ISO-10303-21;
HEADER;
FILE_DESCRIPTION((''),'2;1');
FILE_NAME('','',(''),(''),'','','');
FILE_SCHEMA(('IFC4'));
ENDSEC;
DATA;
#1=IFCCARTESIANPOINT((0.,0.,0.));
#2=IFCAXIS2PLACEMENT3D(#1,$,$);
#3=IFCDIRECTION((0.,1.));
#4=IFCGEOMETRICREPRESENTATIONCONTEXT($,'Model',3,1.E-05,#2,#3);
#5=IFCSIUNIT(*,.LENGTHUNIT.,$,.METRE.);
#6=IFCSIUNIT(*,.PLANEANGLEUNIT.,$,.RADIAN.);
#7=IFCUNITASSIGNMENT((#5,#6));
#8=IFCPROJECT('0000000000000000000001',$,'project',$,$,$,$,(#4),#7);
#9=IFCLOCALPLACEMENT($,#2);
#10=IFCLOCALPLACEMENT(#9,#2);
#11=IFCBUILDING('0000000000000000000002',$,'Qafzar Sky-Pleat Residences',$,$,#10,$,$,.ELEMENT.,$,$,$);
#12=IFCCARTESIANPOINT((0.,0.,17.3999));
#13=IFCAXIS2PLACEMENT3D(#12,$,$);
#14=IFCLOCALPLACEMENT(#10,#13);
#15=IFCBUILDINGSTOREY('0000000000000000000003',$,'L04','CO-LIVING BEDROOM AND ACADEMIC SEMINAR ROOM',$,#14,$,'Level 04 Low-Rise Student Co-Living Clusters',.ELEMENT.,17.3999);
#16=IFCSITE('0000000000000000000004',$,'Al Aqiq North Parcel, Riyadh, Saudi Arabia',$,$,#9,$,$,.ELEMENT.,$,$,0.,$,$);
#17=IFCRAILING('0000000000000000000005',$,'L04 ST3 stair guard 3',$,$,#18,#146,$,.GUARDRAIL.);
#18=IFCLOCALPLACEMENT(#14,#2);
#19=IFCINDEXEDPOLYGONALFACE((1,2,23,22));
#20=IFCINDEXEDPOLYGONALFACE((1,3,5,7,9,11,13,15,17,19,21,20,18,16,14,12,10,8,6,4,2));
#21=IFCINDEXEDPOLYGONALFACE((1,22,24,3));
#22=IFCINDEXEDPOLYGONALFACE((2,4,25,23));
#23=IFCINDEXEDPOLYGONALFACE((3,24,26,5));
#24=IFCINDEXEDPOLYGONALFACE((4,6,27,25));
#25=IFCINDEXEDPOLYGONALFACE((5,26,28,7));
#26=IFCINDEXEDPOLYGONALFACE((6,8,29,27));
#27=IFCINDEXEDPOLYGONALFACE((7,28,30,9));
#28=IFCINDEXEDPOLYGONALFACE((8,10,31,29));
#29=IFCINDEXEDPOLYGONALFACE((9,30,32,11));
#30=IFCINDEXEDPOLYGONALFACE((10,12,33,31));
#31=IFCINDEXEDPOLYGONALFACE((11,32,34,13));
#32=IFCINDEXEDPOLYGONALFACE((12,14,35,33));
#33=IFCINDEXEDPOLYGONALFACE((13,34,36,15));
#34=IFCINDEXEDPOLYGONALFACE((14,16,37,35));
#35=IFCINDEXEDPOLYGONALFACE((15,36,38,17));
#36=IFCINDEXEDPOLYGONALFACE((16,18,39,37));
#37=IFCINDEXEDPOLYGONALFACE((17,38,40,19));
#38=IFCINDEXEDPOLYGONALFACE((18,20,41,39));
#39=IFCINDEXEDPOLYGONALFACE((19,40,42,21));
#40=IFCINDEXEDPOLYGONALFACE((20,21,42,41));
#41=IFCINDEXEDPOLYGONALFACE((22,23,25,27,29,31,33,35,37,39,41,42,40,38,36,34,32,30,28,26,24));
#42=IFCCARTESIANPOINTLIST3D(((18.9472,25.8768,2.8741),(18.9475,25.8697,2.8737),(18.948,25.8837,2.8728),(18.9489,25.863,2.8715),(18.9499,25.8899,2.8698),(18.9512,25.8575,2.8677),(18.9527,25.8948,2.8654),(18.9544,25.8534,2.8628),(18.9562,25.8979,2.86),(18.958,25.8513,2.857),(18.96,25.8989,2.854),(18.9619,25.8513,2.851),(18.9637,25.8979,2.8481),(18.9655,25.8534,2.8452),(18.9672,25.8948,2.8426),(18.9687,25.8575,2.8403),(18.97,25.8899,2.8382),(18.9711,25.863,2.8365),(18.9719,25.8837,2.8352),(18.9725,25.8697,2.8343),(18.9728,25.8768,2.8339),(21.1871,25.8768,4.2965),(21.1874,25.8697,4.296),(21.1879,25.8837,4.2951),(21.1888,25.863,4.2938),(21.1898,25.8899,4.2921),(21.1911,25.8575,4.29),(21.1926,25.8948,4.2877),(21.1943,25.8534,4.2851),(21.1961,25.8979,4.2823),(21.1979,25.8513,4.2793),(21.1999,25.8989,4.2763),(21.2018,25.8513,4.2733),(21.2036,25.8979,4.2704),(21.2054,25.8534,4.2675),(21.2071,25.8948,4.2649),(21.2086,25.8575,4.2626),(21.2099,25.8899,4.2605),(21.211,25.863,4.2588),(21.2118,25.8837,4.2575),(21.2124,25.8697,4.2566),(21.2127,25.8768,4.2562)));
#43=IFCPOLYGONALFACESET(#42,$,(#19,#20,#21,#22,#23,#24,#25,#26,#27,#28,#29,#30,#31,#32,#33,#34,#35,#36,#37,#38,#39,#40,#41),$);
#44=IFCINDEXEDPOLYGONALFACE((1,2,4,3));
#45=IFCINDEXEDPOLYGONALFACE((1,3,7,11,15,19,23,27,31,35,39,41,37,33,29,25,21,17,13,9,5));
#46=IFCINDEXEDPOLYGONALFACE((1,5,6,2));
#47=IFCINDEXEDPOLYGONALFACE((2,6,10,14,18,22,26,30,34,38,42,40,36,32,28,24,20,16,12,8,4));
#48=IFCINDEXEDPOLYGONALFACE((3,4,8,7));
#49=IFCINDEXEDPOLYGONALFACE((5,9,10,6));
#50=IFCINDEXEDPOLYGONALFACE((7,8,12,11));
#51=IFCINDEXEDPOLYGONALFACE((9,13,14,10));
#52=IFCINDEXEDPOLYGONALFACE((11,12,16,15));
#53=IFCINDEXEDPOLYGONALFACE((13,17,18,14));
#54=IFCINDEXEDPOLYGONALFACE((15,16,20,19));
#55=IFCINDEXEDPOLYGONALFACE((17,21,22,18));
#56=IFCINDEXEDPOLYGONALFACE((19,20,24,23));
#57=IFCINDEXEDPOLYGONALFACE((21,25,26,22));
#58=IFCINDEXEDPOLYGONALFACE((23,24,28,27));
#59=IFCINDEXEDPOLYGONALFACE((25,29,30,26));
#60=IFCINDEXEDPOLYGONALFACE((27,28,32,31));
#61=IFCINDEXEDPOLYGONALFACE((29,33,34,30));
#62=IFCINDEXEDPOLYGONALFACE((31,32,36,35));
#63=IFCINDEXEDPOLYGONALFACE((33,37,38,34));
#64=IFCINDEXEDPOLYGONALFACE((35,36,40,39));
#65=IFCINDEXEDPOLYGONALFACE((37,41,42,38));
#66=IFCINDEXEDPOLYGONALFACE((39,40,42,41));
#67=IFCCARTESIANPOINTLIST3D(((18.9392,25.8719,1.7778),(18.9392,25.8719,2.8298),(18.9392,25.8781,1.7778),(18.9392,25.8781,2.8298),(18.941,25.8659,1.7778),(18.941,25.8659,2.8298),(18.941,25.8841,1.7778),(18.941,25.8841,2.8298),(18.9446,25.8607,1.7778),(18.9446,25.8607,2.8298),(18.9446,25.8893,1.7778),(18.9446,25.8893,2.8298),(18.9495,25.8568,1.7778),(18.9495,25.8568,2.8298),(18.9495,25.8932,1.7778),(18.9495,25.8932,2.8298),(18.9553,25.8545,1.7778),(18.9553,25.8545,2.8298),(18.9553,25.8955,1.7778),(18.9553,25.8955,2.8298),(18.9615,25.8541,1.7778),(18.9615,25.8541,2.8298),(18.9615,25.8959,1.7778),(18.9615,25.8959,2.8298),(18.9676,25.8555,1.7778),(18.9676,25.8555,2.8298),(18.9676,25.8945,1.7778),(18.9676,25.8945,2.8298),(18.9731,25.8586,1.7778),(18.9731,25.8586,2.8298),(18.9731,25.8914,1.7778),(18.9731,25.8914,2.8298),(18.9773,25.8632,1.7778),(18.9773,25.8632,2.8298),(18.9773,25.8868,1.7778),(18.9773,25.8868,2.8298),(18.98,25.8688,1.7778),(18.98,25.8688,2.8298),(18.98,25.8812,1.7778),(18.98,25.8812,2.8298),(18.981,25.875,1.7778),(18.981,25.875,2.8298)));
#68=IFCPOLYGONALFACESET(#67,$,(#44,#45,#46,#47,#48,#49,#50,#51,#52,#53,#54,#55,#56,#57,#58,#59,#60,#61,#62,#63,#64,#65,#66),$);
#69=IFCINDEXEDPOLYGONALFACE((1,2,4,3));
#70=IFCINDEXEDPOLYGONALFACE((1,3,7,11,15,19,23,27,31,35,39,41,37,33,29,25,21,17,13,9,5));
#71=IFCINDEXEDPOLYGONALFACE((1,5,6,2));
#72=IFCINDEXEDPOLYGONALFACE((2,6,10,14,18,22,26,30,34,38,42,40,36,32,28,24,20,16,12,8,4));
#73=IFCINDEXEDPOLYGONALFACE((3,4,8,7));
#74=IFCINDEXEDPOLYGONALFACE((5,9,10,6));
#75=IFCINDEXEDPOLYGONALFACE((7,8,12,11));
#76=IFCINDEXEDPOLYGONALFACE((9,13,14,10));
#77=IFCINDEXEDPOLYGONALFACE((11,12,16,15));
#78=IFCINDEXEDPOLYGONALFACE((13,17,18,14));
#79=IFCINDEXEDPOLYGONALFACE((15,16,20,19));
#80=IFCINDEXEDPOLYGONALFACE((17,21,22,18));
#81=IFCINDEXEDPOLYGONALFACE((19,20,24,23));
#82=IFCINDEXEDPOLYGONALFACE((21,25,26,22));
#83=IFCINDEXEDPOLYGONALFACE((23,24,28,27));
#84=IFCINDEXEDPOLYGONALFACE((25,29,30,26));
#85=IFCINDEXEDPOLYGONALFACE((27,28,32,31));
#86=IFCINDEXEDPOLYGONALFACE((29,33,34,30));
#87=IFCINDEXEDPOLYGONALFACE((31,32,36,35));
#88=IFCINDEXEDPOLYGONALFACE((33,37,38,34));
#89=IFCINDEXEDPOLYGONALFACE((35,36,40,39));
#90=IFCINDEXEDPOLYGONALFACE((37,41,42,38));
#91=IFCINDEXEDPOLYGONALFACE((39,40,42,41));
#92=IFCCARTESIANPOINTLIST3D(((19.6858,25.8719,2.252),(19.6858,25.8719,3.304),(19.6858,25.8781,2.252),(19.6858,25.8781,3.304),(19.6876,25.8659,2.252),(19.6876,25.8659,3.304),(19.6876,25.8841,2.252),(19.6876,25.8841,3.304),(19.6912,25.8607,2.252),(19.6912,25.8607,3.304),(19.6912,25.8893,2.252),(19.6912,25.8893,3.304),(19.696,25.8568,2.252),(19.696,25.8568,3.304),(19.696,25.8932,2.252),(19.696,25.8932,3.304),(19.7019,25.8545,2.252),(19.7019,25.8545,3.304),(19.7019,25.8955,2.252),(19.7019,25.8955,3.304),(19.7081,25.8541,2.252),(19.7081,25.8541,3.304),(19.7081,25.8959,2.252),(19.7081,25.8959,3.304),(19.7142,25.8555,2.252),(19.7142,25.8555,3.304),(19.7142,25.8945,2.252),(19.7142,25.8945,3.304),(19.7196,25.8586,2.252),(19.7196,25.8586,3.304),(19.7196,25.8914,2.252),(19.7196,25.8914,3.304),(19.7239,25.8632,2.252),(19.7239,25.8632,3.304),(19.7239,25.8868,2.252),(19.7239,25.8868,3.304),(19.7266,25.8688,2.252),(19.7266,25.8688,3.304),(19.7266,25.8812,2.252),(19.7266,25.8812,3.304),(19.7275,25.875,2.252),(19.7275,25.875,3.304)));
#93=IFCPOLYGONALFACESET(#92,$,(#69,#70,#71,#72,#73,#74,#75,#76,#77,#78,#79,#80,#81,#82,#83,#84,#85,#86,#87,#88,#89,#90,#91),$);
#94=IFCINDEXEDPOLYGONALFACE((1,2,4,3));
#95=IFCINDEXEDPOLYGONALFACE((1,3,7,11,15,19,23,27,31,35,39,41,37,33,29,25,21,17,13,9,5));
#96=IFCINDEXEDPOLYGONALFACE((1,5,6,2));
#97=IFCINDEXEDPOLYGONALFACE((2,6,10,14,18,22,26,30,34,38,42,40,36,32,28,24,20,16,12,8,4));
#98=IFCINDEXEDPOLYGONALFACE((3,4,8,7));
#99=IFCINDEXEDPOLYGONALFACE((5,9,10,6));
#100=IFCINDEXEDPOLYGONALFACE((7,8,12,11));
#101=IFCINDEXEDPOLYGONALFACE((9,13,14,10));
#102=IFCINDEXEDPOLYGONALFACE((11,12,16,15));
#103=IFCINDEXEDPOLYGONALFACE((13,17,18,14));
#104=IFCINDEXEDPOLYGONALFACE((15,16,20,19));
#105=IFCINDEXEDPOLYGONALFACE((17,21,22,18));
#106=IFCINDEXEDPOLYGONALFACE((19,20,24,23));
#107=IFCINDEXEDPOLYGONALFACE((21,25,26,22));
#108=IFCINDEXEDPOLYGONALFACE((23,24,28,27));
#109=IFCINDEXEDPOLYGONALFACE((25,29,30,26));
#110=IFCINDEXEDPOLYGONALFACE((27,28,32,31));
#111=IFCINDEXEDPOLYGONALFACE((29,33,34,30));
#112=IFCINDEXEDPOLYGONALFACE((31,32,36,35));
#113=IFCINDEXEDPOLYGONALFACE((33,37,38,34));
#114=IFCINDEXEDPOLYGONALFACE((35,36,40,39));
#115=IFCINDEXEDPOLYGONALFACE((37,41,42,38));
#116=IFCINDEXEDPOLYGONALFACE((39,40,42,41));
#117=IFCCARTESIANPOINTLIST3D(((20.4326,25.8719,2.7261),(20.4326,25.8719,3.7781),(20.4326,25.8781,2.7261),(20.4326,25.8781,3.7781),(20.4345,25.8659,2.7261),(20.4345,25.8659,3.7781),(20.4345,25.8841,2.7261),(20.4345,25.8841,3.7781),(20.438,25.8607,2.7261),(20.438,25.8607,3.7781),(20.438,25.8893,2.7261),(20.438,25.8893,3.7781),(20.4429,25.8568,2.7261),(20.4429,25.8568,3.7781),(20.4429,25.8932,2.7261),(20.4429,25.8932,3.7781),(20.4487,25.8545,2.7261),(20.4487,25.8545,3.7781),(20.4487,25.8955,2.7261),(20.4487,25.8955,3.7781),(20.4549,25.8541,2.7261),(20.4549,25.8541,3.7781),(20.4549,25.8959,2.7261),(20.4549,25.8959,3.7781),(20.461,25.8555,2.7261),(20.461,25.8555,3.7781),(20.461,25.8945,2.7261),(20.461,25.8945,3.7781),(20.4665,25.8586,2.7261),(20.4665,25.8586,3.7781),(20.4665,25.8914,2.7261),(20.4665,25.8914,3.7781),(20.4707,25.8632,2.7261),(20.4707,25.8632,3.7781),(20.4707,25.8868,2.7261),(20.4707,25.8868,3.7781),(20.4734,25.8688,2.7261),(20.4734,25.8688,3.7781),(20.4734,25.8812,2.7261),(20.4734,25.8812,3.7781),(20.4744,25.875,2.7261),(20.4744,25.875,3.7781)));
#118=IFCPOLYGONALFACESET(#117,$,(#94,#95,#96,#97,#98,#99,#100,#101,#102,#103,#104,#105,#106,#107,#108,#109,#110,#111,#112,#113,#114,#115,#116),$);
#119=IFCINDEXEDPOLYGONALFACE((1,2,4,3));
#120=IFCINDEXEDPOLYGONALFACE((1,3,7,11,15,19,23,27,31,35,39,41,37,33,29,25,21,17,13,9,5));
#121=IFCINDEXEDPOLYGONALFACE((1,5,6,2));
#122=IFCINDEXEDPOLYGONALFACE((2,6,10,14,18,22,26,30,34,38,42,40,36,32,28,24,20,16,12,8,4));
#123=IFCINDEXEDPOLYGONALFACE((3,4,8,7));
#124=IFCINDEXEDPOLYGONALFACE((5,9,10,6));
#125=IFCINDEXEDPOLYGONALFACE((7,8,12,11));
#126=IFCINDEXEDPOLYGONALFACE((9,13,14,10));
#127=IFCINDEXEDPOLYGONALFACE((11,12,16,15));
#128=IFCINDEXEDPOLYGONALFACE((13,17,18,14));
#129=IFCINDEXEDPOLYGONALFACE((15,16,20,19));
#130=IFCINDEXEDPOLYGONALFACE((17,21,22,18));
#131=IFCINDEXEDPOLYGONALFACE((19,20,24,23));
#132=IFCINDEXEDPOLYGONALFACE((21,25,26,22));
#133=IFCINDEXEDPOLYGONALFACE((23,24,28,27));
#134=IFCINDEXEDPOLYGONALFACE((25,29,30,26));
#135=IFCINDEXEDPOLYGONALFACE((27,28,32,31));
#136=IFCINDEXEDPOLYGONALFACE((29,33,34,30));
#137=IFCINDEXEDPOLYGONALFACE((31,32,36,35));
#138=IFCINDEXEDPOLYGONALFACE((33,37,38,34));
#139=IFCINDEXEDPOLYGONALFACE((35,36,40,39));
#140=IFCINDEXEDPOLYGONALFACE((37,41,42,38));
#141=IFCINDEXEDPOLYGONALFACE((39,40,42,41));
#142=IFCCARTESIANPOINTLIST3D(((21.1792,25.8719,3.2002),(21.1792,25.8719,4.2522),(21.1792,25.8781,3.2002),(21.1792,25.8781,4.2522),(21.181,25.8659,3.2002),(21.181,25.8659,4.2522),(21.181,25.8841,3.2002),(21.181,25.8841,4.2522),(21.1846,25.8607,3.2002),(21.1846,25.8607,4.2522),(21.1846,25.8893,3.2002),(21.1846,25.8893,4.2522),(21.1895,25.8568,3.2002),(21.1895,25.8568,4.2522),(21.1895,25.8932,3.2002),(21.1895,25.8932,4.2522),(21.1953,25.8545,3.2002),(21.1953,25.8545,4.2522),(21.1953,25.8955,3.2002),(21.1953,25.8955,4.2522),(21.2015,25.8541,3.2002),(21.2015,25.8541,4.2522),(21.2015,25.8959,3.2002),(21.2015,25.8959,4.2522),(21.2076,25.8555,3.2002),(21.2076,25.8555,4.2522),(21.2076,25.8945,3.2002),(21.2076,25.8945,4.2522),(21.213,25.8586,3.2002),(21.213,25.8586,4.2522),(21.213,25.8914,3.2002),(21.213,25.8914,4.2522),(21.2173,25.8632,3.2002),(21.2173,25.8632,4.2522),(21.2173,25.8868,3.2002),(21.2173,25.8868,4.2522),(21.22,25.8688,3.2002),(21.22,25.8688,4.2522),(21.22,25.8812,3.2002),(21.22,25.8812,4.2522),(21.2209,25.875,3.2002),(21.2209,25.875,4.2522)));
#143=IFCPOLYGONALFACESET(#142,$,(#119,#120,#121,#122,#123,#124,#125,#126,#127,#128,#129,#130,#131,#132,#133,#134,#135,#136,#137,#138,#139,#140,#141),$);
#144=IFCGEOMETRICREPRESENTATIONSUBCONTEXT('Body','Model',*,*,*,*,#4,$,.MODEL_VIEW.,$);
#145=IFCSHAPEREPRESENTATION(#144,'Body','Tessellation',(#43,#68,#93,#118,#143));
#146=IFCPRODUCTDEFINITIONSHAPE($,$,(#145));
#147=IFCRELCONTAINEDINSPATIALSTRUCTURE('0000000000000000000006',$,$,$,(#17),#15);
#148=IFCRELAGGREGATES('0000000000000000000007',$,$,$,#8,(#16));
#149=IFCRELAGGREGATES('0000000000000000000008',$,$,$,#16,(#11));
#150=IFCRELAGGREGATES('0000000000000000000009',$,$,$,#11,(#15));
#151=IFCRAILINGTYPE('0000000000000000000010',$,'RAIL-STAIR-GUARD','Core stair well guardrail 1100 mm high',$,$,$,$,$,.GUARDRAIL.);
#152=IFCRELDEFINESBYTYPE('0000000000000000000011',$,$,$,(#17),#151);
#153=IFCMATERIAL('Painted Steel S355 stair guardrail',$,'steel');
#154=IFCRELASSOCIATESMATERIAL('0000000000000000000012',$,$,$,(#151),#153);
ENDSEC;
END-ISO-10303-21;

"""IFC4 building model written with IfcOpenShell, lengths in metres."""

from ifc_helpers import new_model, si_unit, direction, frame, origin, origin_2d, place, context, subcontext, project, spatial, circle, extrude, source, transform, mapped, material, type_object, element, save


model = new_model("IFC4")

# Units and contexts
model_context = context("Model", 3, precision=1e-05, world=origin(), true_north=direction((0.0, 1.0)))
body_context = subcontext(model_context, "Body", "Model", "MODEL_VIEW")
ifc_project = project(units=[si_unit("LENGTHUNIT", "METRE"), si_unit("PLANEANGLEUNIT", "RADIAN")], contexts=[model_context])

# Site, building, storey
site_placement = place(None, origin())
site = spatial("IfcSite", under=ifc_project, at=site_placement, Name="Al Aqiq North Parcel, Riyadh, Saudi Arabia", CompositionType="ELEMENT", RefElevation=0.0)
building_placement = place(site_placement, origin())
building = spatial("IfcBuilding", under=site, at=building_placement, Name="Qafzar Sky-Pleat Residences", CompositionType="ELEMENT")
storey_placement = place(building_placement, frame((0.0, 0.0, 17.3999)))
storey = spatial("IfcBuildingStorey", under=building, at=storey_placement, Name="L04", Description="CO-LIVING BEDROOM AND ACADEMIC SEMINAR ROOM", LongName="Level 04 Low-Rise Student Co-Living Clusters", CompositionType="ELEMENT", Elevation=17.3999)

# Railing
ifc_material_1 = material(Name="Painted Steel S355 stair guardrail", Category="steel")
railing_type_1 = type_object("IfcRailingType", Name="RAIL-STAIR-GUARD", Description="Core stair well guardrail 1100 mm high", PredefinedType="GUARDRAIL", material=ifc_material_1)
shared_shape_1 = source(origin(), body_context, "Body", "SweptSolid", [
    extrude(circle(Radius=0.0239, at=origin_2d()), frame((0.0, 0.0, 1.0762), z_axis=(0.844188, 0.0, 0.536048), x_axis=(0.0, 1.0, 0.0)), (0.0, 0.0, 1.0), 2.6533),
    extrude(circle(Radius=0.021, at=origin_2d()), origin(), (0.0, 0.0, 1.0), 1.052),
    extrude(circle(Radius=0.021, at=origin_2d()), frame((0.7466, 0.0, 0.4741)), (0.0, 0.0, 1.0), 1.052),
    extrude(circle(Radius=0.021, at=origin_2d()), frame((1.4934, 0.0, 0.9482)), (0.0, 0.0, 1.0), 1.052),
    extrude(circle(Radius=0.021, at=origin_2d()), frame((2.24, 0.0, 1.4224)), (0.0, 0.0, 1.0), 1.052),
])
railing_1_placement = place(storey_placement, frame((18.96, 25.875, 1.7778)))
element("IfcRailing", 1, at=railing_1_placement, inside=storey, type_object=railing_type_1, Name="L04 ST3 stair guard 3", PredefinedType="GUARDRAIL", context=body_context, shape_type="MappedRepresentation", body=[
    mapped(shared_shape_1, transform((0.0, 0.0, 0.0), x_axis=(1.0, 0.0, 0.0), y_axis=(0.0, 1.0, 0.0), z_axis=(0.0, 0.0, 1.0), scale=1.0)),
])

save(model, "model.ifc")
